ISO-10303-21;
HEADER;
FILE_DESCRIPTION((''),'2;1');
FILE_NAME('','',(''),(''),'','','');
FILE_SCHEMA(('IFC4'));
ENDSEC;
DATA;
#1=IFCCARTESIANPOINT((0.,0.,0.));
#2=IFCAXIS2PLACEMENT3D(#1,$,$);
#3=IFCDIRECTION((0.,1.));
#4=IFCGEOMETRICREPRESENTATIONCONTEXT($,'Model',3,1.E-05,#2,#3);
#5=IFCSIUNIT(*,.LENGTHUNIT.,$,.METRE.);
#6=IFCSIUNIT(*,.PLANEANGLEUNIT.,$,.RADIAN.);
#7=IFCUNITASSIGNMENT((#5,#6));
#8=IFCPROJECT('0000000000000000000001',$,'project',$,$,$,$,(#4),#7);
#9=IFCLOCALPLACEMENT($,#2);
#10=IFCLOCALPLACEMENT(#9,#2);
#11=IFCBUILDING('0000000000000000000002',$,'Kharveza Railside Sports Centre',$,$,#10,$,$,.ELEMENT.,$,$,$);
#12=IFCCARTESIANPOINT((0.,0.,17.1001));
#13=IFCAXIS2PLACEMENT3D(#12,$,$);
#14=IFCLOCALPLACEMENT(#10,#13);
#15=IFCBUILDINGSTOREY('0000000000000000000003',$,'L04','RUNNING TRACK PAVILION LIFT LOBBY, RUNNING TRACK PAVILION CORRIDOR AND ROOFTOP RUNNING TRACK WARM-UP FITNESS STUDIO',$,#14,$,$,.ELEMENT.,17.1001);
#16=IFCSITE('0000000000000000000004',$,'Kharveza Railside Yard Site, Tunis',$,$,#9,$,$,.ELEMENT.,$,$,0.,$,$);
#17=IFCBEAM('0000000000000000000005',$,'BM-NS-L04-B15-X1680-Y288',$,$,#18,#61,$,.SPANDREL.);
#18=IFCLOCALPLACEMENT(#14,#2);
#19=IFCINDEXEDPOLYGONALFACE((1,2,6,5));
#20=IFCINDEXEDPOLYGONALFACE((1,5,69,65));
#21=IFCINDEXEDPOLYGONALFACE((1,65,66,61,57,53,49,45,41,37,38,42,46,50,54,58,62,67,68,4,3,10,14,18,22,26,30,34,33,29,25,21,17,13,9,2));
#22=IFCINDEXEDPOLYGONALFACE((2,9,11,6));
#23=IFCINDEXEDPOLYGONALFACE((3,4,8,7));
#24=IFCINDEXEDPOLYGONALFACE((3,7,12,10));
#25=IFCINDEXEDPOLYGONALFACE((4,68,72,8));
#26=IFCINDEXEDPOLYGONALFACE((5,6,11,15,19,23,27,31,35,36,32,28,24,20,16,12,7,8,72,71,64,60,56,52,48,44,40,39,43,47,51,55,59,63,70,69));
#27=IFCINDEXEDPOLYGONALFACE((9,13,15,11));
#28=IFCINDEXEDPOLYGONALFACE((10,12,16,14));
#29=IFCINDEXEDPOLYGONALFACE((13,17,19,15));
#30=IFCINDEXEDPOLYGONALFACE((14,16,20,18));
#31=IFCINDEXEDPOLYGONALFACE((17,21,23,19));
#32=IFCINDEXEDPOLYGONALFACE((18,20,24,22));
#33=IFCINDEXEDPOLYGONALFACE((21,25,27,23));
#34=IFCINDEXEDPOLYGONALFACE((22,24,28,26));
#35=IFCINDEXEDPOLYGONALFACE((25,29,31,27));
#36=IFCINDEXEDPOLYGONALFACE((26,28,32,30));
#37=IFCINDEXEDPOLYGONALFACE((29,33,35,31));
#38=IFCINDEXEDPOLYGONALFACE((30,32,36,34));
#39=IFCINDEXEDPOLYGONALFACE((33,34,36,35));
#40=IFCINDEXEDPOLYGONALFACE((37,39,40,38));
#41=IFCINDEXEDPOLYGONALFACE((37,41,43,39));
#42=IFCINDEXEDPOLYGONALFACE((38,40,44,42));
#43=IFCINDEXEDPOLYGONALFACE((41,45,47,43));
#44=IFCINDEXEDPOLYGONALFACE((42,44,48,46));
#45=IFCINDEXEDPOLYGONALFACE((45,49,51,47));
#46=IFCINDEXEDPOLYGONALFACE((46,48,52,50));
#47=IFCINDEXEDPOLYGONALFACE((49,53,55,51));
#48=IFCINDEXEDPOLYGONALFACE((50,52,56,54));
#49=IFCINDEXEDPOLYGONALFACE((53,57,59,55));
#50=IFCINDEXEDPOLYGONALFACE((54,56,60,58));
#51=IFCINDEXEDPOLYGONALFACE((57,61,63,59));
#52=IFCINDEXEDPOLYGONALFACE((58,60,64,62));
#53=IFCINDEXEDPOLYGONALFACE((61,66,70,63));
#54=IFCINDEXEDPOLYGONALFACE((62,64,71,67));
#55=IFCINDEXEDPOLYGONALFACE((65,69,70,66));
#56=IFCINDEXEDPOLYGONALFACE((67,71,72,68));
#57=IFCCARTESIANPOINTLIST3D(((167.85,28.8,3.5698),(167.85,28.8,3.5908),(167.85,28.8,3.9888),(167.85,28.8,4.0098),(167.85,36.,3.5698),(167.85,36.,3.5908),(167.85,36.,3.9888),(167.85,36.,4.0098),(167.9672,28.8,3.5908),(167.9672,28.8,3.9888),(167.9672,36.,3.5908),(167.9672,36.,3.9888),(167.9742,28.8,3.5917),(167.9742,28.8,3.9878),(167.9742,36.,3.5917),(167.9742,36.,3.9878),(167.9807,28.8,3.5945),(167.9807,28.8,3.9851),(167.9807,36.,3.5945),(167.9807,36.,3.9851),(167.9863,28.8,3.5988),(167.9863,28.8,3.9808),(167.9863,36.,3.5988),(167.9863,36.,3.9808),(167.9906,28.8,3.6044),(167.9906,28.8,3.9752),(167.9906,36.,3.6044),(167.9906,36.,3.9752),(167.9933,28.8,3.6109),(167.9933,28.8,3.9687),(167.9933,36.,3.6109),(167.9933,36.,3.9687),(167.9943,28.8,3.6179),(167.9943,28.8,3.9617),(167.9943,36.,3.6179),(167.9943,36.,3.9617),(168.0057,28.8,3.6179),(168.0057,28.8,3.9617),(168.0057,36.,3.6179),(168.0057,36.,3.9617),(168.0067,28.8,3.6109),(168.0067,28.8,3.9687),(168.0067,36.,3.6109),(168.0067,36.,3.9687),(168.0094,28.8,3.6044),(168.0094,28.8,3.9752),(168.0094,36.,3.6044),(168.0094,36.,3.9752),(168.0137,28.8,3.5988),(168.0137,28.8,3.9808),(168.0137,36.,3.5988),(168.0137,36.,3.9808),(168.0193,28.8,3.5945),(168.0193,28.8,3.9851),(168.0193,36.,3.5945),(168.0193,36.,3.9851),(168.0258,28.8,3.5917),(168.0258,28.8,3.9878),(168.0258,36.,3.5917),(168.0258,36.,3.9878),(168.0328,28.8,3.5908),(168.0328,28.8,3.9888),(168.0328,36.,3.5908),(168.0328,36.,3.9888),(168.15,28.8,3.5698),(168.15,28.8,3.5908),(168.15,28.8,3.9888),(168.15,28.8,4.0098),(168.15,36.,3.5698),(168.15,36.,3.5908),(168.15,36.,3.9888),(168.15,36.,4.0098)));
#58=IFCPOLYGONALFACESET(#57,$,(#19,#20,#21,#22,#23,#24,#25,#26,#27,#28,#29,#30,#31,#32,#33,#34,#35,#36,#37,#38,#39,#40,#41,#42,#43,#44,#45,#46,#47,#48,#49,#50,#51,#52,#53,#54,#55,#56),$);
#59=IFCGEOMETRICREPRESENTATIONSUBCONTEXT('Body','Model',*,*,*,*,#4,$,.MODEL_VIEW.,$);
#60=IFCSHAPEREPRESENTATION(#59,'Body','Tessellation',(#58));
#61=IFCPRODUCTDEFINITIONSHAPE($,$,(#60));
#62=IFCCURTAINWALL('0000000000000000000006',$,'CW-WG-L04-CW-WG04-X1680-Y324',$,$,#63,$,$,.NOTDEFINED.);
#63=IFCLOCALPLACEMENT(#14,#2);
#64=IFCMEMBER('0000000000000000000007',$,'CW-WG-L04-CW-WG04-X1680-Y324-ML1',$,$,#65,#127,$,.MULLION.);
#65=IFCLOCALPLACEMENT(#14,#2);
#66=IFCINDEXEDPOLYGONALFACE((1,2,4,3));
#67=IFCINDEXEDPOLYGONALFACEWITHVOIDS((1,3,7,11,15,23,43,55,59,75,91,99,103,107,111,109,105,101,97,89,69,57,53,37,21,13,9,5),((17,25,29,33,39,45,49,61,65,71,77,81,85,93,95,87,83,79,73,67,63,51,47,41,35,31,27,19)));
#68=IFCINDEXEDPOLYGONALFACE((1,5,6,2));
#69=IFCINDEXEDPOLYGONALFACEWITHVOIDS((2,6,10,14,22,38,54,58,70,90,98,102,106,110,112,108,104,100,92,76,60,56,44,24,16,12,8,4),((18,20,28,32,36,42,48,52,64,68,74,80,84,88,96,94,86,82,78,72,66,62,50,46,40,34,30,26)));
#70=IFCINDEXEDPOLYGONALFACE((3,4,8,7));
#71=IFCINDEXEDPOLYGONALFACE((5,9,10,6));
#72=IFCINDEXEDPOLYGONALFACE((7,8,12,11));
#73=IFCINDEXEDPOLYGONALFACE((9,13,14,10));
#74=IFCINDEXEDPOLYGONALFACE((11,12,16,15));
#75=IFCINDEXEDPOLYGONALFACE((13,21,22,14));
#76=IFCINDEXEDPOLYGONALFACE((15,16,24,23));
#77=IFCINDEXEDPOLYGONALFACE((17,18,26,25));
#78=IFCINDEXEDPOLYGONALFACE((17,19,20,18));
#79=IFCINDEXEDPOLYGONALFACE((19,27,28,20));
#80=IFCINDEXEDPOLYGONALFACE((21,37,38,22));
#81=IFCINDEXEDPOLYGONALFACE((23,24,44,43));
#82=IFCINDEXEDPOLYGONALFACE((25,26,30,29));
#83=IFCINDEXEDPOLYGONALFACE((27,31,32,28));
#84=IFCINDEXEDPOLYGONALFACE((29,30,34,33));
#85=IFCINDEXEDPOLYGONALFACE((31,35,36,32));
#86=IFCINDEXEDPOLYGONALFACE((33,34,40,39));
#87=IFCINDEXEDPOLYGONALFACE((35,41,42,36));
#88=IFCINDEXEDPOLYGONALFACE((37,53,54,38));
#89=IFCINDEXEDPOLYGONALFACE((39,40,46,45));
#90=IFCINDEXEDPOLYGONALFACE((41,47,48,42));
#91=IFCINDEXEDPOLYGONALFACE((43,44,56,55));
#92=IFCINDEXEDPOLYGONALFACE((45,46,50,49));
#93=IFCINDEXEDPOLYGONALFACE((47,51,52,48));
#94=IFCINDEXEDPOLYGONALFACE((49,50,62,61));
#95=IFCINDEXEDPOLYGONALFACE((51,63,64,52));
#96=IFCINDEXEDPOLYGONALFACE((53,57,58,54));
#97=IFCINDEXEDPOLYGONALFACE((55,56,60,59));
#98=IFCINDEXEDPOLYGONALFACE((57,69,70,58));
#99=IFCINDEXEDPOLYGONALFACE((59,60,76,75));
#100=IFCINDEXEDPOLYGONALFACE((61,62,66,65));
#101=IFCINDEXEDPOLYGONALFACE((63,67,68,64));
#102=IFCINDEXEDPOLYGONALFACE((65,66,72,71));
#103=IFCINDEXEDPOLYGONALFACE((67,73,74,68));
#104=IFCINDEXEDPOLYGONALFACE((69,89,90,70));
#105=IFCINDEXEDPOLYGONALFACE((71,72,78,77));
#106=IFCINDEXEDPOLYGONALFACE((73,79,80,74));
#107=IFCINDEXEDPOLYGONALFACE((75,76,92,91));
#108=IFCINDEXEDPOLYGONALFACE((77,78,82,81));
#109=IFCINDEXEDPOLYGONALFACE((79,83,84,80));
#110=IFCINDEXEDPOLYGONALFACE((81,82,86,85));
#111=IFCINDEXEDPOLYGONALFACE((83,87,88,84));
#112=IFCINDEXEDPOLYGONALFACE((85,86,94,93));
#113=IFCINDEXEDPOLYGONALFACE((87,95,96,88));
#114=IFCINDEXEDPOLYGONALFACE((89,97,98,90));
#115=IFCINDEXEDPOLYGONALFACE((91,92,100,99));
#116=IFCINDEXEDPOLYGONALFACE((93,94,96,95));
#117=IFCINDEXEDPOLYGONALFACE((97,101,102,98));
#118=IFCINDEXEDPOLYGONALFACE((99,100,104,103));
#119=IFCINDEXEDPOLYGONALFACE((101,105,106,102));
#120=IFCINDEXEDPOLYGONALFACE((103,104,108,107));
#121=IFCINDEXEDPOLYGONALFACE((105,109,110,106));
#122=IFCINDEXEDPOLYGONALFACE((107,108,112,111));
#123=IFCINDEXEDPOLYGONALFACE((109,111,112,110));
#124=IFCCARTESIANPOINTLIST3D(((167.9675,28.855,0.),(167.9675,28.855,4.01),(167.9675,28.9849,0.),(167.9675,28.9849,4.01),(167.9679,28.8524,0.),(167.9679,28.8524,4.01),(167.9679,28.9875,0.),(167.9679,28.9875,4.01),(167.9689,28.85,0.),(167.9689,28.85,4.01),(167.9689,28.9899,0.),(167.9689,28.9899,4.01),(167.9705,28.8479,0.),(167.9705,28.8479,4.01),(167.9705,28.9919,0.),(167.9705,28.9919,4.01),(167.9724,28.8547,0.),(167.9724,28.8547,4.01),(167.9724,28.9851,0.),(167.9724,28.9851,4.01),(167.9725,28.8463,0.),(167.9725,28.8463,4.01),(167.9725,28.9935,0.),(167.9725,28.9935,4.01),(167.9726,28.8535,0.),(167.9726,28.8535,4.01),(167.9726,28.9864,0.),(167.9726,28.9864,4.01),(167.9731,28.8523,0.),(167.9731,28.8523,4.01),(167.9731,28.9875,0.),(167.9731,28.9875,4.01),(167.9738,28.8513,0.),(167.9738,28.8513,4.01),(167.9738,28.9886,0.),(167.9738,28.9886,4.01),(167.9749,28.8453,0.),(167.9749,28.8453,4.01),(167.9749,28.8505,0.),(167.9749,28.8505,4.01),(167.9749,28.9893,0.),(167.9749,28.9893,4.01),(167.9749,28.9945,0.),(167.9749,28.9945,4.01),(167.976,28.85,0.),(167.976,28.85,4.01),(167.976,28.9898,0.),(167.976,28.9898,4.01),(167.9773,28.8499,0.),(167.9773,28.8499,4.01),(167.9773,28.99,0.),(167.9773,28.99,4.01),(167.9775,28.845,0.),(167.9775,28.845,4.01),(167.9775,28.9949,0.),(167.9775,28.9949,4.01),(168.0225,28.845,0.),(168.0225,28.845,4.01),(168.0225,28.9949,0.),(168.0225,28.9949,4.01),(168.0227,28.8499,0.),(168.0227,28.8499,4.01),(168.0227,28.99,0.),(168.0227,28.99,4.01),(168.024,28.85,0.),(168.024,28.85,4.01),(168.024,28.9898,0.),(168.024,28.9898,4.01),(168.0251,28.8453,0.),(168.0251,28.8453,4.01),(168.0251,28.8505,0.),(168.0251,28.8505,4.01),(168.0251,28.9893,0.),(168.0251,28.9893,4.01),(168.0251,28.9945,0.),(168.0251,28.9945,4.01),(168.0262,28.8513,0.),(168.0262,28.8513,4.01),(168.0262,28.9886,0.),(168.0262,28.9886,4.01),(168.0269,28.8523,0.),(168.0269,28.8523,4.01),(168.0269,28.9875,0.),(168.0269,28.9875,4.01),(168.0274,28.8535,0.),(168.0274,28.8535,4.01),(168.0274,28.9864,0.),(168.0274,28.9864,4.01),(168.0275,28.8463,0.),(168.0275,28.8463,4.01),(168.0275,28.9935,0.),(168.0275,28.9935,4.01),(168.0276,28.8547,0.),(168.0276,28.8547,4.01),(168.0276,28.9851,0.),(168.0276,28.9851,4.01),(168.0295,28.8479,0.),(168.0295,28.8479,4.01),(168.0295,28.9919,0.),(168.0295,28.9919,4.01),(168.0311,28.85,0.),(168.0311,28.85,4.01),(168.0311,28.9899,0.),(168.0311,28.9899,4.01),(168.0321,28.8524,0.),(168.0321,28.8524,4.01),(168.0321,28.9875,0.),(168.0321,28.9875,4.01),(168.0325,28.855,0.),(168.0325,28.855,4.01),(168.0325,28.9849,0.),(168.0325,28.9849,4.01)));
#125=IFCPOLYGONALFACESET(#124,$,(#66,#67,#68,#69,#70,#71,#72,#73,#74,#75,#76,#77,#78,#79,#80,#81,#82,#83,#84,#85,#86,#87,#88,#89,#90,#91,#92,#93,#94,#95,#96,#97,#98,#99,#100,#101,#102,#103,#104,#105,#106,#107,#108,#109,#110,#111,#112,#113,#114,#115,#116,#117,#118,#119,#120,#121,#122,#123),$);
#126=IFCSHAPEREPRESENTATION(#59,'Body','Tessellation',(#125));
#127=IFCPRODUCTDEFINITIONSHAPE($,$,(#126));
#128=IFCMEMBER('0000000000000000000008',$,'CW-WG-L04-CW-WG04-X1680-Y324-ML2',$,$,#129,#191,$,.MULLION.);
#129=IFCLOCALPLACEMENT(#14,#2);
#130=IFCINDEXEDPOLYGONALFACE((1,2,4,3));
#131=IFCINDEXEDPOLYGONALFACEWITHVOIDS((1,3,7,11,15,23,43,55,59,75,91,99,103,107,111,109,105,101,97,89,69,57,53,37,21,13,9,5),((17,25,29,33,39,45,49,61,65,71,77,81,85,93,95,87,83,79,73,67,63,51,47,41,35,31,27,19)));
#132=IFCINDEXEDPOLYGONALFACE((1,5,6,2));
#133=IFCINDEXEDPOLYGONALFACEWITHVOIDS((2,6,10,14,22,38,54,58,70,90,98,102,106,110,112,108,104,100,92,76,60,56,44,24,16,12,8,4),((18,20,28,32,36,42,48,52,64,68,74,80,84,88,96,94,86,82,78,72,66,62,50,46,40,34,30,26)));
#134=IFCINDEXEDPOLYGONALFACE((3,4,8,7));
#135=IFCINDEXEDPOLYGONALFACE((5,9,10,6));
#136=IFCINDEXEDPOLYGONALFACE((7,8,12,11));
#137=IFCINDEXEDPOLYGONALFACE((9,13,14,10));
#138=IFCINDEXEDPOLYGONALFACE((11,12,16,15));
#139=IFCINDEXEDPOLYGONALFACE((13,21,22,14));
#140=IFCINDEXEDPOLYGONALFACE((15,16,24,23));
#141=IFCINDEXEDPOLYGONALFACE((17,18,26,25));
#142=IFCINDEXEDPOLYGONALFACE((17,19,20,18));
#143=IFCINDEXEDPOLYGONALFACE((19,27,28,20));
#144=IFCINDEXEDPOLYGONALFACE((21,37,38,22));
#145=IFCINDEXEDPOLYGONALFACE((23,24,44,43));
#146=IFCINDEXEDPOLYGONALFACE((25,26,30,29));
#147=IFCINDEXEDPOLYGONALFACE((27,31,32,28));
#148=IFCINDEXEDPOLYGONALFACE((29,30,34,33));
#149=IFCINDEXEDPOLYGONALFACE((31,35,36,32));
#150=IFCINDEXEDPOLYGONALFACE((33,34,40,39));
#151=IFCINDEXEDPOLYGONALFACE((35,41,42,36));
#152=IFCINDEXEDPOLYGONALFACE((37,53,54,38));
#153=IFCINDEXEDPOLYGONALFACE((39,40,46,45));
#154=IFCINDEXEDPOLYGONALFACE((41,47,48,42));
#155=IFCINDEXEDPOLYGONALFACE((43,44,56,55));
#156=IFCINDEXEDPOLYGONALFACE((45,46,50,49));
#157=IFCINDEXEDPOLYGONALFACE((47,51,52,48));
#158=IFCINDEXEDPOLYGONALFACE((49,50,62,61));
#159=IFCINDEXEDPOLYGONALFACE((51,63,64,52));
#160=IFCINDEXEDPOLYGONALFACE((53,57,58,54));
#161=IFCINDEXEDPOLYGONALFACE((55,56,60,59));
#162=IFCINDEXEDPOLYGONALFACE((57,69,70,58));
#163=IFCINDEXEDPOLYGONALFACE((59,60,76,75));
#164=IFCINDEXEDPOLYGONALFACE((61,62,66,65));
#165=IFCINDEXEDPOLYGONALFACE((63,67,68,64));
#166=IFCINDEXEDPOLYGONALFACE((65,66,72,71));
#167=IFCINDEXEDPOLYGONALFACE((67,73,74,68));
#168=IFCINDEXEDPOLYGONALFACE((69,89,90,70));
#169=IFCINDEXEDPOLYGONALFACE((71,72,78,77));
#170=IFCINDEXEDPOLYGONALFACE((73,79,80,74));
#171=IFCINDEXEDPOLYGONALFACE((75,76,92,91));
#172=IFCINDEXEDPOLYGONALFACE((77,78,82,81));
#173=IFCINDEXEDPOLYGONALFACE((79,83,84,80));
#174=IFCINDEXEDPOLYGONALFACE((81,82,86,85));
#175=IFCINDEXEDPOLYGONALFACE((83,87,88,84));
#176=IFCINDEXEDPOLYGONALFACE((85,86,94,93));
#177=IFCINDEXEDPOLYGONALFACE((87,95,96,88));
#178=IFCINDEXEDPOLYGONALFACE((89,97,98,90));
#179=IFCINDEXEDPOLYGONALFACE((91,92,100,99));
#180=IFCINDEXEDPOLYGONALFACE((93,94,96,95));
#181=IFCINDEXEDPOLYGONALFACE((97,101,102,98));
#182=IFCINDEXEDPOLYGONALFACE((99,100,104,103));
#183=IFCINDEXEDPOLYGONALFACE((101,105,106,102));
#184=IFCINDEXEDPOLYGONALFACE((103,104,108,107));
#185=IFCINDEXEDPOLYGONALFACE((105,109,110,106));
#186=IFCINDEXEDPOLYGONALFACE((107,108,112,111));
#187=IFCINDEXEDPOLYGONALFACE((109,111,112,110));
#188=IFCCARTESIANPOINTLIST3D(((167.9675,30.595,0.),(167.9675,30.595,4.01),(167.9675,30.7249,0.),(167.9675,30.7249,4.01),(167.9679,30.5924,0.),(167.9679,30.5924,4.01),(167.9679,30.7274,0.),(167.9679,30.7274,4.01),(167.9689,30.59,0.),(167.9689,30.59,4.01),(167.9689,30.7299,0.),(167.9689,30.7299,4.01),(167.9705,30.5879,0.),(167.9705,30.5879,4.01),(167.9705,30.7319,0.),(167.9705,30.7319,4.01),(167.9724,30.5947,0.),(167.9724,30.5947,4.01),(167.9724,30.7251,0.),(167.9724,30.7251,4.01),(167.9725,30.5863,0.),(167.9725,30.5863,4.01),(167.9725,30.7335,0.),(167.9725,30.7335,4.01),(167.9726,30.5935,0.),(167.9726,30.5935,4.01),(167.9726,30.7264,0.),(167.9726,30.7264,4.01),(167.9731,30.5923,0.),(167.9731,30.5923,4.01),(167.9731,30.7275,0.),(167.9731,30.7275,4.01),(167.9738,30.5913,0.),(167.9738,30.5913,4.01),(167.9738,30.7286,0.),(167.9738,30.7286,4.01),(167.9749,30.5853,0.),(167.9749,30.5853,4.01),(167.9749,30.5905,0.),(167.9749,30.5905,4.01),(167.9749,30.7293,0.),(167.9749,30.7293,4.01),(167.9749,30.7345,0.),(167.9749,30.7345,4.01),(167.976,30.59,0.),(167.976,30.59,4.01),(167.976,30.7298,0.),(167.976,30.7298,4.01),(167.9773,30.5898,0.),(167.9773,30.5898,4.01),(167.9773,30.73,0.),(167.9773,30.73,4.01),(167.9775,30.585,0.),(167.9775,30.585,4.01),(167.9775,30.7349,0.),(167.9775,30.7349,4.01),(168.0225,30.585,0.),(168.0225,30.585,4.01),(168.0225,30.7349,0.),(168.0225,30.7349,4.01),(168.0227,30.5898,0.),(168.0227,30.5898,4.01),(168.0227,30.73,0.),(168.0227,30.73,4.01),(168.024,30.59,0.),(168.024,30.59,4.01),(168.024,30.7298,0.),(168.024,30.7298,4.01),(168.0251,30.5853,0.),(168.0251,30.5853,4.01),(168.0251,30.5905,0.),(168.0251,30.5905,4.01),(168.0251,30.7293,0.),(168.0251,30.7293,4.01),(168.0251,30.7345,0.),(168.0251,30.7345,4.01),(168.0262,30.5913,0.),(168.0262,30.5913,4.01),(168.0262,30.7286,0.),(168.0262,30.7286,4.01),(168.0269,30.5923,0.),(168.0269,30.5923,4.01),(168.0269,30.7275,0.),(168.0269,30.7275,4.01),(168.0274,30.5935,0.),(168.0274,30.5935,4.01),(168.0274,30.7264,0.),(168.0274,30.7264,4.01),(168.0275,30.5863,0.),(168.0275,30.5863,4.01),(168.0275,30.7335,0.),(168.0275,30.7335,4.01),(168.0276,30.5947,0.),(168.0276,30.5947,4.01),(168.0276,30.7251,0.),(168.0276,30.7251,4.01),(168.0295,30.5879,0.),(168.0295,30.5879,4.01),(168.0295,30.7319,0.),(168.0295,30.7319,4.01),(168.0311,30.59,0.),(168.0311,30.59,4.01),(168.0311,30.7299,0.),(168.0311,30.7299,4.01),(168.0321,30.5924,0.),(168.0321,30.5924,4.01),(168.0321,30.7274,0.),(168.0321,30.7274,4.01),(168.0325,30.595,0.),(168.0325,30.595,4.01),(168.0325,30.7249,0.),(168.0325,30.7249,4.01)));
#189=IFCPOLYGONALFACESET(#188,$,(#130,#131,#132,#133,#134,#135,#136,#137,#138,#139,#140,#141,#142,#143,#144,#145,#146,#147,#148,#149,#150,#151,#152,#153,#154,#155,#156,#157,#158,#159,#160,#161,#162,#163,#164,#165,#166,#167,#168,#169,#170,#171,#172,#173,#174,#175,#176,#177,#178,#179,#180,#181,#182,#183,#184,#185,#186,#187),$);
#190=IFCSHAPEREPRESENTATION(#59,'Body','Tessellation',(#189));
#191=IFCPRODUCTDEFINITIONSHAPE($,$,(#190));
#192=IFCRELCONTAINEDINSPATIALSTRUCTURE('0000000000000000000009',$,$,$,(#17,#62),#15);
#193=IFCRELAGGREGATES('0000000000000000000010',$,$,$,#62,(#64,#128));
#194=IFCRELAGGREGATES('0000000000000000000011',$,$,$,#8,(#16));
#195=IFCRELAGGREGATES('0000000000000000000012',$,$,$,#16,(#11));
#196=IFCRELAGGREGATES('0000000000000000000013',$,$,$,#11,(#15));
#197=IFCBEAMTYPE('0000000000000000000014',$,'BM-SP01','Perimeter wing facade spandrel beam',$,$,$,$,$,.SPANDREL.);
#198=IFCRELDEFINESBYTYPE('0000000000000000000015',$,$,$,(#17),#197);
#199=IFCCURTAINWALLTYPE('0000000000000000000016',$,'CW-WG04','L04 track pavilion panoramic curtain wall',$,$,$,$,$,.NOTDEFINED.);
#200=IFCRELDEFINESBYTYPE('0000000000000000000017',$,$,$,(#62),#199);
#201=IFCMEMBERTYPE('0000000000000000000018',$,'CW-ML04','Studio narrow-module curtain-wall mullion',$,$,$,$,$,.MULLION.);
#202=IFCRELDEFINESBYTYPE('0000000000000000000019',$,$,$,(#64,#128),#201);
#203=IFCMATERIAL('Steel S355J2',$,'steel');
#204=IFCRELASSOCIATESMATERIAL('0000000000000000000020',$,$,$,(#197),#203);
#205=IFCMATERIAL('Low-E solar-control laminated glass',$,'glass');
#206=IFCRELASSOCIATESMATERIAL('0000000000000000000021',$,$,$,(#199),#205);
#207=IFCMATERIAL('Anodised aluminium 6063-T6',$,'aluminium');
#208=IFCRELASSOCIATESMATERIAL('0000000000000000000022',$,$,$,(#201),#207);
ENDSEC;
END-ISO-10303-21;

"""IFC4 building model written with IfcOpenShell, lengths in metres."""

from ifc_helpers import new_model, si_unit, direction, frame, origin, origin_2d, place, context, subcontext, project, spatial, hollow_rectangle, i_section, extrude, material, material_profile, profile_set, type_object, element, aggregate, save


model = new_model("IFC4")

# Units and contexts
model_context = context("Model", 3, precision=1e-05, world=origin(), true_north=direction((0.0, 1.0)))
body_context = subcontext(model_context, "Body", "Model", "MODEL_VIEW")
ifc_project = project(units=[si_unit("LENGTHUNIT", "METRE"), si_unit("PLANEANGLEUNIT", "RADIAN")], contexts=[model_context])

# Site, building, storey
site_placement = place(None, origin())
site = spatial("IfcSite", under=ifc_project, at=site_placement, Name="Kharveza Railside Yard Site, Tunis", CompositionType="ELEMENT", RefElevation=0.0)
building_placement = place(site_placement, origin())
building = spatial("IfcBuilding", under=site, at=building_placement, Name="Kharveza Railside Sports Centre", CompositionType="ELEMENT")
storey_placement = place(building_placement, frame((0.0, 0.0, 17.1001)))
storey = spatial("IfcBuildingStorey", under=building, at=storey_placement, Name="L04", Description="RUNNING TRACK PAVILION LIFT LOBBY, RUNNING TRACK PAVILION CORRIDOR AND ROOFTOP RUNNING TRACK WARM-UP FITNESS STUDIO", CompositionType="ELEMENT", Elevation=17.1001)

# Shared definitions
ifc_material_1 = material(Name="Steel S355J2", Category="steel")

# Beam
ifc_material_profile_1 = material_profile(ifc_material_1, i_section(OverallWidth=0.3, OverallDepth=0.4399, WebThickness=0.0115, FlangeThickness=0.021, FilletRadius=0.0271, at=origin_2d()), Name="HEA 450")
ifc_profile_set_1 = profile_set([ifc_material_profile_1], Name="Steel S355J2")
beam_type_1 = type_object("IfcBeamType", Name="BM-SP01", Description="Perimeter wing facade spandrel beam", PredefinedType="SPANDREL", material=ifc_profile_set_1)
beam_1_placement = place(storey_placement, frame((168.0, 28.8, 3.7898), z_axis=(0.0, 1.0, 0.0), x_axis=(-1.0, 0.0, 0.0)))
element("IfcBeam", 1, at=beam_1_placement, inside=storey, type_object=beam_type_1, Name="BM-NS-L04-B15-X1680-Y288", PredefinedType="SPANDREL", context=body_context, shape_type="SweptSolid", body=[
    extrude(i_section(OverallWidth=0.3, OverallDepth=0.4399, WebThickness=0.0115, FlangeThickness=0.021, FilletRadius=0.0271, at=origin_2d()), origin(), (0.0, 0.0, 1.0), 7.2),
])

# Curtain wall, members
ifc_material_2 = material(Name="Low-E solar-control laminated glass", Category="glass")
curtain_wall_type = type_object("IfcCurtainWallType", Name="CW-WG04", Description="L04 track pavilion panoramic curtain wall", PredefinedType="NOTDEFINED", material=ifc_material_2)
curtain_wall_placement = place(storey_placement, origin())
curtain_wall = element("IfcCurtainWall", 2, at=curtain_wall_placement, inside=storey, type_object=curtain_wall_type, Name="CW-WG-L04-CW-WG04-X1680-Y324", PredefinedType="NOTDEFINED")
ifc_material_3 = material(Name="Anodised aluminium 6063-T6", Category="aluminium")
ifc_material_profile_2 = material_profile(ifc_material_3, hollow_rectangle(XDim=0.0649, YDim=0.1499, WallThickness=0.0049, InnerFilletRadius=0.0049, OuterFilletRadius=0.01, at=origin_2d()), Name="RHS 65x150x5.0")
ifc_profile_set_2 = profile_set([ifc_material_profile_2], Name="Anodised aluminium 6063-T6")
member_type_1 = type_object("IfcMemberType", Name="CW-ML04", Description="Studio narrow-module curtain-wall mullion", PredefinedType="MULLION", material=ifc_profile_set_2)
member_1_placement = place(storey_placement, frame((168.0, 28.9199, 0.0), z_axis=(0.0, 0.0, 1.0), x_axis=(1.0, 0.0, 0.0)))
member_1 = element("IfcMember", 3, at=member_1_placement, type_object=member_type_1, Name="CW-WG-L04-CW-WG04-X1680-Y324-ML1", PredefinedType="MULLION", context=body_context, shape_type="SweptSolid", body=[
    extrude(hollow_rectangle(XDim=0.0649, YDim=0.1499, WallThickness=0.0049, InnerFilletRadius=0.0049, OuterFilletRadius=0.01, at=origin_2d()), origin(), (0.0, 0.0, 1.0), 4.01),
])
member_2_placement = place(storey_placement, frame((168.0, 30.6599, 0.0), z_axis=(0.0, 0.0, 1.0), x_axis=(1.0, 0.0, 0.0)))
member_2 = element("IfcMember", 4, at=member_2_placement, type_object=member_type_1, Name="CW-WG-L04-CW-WG04-X1680-Y324-ML2", PredefinedType="MULLION", context=body_context, shape_type="SweptSolid", body=[
    extrude(hollow_rectangle(XDim=0.0649, YDim=0.1499, WallThickness=0.0049, InnerFilletRadius=0.0049, OuterFilletRadius=0.01, at=origin_2d()), origin(), (0.0, 0.0, 1.0), 4.01),
])
aggregate(curtain_wall, [member_1, member_2])

save(model, "model.ifc")
